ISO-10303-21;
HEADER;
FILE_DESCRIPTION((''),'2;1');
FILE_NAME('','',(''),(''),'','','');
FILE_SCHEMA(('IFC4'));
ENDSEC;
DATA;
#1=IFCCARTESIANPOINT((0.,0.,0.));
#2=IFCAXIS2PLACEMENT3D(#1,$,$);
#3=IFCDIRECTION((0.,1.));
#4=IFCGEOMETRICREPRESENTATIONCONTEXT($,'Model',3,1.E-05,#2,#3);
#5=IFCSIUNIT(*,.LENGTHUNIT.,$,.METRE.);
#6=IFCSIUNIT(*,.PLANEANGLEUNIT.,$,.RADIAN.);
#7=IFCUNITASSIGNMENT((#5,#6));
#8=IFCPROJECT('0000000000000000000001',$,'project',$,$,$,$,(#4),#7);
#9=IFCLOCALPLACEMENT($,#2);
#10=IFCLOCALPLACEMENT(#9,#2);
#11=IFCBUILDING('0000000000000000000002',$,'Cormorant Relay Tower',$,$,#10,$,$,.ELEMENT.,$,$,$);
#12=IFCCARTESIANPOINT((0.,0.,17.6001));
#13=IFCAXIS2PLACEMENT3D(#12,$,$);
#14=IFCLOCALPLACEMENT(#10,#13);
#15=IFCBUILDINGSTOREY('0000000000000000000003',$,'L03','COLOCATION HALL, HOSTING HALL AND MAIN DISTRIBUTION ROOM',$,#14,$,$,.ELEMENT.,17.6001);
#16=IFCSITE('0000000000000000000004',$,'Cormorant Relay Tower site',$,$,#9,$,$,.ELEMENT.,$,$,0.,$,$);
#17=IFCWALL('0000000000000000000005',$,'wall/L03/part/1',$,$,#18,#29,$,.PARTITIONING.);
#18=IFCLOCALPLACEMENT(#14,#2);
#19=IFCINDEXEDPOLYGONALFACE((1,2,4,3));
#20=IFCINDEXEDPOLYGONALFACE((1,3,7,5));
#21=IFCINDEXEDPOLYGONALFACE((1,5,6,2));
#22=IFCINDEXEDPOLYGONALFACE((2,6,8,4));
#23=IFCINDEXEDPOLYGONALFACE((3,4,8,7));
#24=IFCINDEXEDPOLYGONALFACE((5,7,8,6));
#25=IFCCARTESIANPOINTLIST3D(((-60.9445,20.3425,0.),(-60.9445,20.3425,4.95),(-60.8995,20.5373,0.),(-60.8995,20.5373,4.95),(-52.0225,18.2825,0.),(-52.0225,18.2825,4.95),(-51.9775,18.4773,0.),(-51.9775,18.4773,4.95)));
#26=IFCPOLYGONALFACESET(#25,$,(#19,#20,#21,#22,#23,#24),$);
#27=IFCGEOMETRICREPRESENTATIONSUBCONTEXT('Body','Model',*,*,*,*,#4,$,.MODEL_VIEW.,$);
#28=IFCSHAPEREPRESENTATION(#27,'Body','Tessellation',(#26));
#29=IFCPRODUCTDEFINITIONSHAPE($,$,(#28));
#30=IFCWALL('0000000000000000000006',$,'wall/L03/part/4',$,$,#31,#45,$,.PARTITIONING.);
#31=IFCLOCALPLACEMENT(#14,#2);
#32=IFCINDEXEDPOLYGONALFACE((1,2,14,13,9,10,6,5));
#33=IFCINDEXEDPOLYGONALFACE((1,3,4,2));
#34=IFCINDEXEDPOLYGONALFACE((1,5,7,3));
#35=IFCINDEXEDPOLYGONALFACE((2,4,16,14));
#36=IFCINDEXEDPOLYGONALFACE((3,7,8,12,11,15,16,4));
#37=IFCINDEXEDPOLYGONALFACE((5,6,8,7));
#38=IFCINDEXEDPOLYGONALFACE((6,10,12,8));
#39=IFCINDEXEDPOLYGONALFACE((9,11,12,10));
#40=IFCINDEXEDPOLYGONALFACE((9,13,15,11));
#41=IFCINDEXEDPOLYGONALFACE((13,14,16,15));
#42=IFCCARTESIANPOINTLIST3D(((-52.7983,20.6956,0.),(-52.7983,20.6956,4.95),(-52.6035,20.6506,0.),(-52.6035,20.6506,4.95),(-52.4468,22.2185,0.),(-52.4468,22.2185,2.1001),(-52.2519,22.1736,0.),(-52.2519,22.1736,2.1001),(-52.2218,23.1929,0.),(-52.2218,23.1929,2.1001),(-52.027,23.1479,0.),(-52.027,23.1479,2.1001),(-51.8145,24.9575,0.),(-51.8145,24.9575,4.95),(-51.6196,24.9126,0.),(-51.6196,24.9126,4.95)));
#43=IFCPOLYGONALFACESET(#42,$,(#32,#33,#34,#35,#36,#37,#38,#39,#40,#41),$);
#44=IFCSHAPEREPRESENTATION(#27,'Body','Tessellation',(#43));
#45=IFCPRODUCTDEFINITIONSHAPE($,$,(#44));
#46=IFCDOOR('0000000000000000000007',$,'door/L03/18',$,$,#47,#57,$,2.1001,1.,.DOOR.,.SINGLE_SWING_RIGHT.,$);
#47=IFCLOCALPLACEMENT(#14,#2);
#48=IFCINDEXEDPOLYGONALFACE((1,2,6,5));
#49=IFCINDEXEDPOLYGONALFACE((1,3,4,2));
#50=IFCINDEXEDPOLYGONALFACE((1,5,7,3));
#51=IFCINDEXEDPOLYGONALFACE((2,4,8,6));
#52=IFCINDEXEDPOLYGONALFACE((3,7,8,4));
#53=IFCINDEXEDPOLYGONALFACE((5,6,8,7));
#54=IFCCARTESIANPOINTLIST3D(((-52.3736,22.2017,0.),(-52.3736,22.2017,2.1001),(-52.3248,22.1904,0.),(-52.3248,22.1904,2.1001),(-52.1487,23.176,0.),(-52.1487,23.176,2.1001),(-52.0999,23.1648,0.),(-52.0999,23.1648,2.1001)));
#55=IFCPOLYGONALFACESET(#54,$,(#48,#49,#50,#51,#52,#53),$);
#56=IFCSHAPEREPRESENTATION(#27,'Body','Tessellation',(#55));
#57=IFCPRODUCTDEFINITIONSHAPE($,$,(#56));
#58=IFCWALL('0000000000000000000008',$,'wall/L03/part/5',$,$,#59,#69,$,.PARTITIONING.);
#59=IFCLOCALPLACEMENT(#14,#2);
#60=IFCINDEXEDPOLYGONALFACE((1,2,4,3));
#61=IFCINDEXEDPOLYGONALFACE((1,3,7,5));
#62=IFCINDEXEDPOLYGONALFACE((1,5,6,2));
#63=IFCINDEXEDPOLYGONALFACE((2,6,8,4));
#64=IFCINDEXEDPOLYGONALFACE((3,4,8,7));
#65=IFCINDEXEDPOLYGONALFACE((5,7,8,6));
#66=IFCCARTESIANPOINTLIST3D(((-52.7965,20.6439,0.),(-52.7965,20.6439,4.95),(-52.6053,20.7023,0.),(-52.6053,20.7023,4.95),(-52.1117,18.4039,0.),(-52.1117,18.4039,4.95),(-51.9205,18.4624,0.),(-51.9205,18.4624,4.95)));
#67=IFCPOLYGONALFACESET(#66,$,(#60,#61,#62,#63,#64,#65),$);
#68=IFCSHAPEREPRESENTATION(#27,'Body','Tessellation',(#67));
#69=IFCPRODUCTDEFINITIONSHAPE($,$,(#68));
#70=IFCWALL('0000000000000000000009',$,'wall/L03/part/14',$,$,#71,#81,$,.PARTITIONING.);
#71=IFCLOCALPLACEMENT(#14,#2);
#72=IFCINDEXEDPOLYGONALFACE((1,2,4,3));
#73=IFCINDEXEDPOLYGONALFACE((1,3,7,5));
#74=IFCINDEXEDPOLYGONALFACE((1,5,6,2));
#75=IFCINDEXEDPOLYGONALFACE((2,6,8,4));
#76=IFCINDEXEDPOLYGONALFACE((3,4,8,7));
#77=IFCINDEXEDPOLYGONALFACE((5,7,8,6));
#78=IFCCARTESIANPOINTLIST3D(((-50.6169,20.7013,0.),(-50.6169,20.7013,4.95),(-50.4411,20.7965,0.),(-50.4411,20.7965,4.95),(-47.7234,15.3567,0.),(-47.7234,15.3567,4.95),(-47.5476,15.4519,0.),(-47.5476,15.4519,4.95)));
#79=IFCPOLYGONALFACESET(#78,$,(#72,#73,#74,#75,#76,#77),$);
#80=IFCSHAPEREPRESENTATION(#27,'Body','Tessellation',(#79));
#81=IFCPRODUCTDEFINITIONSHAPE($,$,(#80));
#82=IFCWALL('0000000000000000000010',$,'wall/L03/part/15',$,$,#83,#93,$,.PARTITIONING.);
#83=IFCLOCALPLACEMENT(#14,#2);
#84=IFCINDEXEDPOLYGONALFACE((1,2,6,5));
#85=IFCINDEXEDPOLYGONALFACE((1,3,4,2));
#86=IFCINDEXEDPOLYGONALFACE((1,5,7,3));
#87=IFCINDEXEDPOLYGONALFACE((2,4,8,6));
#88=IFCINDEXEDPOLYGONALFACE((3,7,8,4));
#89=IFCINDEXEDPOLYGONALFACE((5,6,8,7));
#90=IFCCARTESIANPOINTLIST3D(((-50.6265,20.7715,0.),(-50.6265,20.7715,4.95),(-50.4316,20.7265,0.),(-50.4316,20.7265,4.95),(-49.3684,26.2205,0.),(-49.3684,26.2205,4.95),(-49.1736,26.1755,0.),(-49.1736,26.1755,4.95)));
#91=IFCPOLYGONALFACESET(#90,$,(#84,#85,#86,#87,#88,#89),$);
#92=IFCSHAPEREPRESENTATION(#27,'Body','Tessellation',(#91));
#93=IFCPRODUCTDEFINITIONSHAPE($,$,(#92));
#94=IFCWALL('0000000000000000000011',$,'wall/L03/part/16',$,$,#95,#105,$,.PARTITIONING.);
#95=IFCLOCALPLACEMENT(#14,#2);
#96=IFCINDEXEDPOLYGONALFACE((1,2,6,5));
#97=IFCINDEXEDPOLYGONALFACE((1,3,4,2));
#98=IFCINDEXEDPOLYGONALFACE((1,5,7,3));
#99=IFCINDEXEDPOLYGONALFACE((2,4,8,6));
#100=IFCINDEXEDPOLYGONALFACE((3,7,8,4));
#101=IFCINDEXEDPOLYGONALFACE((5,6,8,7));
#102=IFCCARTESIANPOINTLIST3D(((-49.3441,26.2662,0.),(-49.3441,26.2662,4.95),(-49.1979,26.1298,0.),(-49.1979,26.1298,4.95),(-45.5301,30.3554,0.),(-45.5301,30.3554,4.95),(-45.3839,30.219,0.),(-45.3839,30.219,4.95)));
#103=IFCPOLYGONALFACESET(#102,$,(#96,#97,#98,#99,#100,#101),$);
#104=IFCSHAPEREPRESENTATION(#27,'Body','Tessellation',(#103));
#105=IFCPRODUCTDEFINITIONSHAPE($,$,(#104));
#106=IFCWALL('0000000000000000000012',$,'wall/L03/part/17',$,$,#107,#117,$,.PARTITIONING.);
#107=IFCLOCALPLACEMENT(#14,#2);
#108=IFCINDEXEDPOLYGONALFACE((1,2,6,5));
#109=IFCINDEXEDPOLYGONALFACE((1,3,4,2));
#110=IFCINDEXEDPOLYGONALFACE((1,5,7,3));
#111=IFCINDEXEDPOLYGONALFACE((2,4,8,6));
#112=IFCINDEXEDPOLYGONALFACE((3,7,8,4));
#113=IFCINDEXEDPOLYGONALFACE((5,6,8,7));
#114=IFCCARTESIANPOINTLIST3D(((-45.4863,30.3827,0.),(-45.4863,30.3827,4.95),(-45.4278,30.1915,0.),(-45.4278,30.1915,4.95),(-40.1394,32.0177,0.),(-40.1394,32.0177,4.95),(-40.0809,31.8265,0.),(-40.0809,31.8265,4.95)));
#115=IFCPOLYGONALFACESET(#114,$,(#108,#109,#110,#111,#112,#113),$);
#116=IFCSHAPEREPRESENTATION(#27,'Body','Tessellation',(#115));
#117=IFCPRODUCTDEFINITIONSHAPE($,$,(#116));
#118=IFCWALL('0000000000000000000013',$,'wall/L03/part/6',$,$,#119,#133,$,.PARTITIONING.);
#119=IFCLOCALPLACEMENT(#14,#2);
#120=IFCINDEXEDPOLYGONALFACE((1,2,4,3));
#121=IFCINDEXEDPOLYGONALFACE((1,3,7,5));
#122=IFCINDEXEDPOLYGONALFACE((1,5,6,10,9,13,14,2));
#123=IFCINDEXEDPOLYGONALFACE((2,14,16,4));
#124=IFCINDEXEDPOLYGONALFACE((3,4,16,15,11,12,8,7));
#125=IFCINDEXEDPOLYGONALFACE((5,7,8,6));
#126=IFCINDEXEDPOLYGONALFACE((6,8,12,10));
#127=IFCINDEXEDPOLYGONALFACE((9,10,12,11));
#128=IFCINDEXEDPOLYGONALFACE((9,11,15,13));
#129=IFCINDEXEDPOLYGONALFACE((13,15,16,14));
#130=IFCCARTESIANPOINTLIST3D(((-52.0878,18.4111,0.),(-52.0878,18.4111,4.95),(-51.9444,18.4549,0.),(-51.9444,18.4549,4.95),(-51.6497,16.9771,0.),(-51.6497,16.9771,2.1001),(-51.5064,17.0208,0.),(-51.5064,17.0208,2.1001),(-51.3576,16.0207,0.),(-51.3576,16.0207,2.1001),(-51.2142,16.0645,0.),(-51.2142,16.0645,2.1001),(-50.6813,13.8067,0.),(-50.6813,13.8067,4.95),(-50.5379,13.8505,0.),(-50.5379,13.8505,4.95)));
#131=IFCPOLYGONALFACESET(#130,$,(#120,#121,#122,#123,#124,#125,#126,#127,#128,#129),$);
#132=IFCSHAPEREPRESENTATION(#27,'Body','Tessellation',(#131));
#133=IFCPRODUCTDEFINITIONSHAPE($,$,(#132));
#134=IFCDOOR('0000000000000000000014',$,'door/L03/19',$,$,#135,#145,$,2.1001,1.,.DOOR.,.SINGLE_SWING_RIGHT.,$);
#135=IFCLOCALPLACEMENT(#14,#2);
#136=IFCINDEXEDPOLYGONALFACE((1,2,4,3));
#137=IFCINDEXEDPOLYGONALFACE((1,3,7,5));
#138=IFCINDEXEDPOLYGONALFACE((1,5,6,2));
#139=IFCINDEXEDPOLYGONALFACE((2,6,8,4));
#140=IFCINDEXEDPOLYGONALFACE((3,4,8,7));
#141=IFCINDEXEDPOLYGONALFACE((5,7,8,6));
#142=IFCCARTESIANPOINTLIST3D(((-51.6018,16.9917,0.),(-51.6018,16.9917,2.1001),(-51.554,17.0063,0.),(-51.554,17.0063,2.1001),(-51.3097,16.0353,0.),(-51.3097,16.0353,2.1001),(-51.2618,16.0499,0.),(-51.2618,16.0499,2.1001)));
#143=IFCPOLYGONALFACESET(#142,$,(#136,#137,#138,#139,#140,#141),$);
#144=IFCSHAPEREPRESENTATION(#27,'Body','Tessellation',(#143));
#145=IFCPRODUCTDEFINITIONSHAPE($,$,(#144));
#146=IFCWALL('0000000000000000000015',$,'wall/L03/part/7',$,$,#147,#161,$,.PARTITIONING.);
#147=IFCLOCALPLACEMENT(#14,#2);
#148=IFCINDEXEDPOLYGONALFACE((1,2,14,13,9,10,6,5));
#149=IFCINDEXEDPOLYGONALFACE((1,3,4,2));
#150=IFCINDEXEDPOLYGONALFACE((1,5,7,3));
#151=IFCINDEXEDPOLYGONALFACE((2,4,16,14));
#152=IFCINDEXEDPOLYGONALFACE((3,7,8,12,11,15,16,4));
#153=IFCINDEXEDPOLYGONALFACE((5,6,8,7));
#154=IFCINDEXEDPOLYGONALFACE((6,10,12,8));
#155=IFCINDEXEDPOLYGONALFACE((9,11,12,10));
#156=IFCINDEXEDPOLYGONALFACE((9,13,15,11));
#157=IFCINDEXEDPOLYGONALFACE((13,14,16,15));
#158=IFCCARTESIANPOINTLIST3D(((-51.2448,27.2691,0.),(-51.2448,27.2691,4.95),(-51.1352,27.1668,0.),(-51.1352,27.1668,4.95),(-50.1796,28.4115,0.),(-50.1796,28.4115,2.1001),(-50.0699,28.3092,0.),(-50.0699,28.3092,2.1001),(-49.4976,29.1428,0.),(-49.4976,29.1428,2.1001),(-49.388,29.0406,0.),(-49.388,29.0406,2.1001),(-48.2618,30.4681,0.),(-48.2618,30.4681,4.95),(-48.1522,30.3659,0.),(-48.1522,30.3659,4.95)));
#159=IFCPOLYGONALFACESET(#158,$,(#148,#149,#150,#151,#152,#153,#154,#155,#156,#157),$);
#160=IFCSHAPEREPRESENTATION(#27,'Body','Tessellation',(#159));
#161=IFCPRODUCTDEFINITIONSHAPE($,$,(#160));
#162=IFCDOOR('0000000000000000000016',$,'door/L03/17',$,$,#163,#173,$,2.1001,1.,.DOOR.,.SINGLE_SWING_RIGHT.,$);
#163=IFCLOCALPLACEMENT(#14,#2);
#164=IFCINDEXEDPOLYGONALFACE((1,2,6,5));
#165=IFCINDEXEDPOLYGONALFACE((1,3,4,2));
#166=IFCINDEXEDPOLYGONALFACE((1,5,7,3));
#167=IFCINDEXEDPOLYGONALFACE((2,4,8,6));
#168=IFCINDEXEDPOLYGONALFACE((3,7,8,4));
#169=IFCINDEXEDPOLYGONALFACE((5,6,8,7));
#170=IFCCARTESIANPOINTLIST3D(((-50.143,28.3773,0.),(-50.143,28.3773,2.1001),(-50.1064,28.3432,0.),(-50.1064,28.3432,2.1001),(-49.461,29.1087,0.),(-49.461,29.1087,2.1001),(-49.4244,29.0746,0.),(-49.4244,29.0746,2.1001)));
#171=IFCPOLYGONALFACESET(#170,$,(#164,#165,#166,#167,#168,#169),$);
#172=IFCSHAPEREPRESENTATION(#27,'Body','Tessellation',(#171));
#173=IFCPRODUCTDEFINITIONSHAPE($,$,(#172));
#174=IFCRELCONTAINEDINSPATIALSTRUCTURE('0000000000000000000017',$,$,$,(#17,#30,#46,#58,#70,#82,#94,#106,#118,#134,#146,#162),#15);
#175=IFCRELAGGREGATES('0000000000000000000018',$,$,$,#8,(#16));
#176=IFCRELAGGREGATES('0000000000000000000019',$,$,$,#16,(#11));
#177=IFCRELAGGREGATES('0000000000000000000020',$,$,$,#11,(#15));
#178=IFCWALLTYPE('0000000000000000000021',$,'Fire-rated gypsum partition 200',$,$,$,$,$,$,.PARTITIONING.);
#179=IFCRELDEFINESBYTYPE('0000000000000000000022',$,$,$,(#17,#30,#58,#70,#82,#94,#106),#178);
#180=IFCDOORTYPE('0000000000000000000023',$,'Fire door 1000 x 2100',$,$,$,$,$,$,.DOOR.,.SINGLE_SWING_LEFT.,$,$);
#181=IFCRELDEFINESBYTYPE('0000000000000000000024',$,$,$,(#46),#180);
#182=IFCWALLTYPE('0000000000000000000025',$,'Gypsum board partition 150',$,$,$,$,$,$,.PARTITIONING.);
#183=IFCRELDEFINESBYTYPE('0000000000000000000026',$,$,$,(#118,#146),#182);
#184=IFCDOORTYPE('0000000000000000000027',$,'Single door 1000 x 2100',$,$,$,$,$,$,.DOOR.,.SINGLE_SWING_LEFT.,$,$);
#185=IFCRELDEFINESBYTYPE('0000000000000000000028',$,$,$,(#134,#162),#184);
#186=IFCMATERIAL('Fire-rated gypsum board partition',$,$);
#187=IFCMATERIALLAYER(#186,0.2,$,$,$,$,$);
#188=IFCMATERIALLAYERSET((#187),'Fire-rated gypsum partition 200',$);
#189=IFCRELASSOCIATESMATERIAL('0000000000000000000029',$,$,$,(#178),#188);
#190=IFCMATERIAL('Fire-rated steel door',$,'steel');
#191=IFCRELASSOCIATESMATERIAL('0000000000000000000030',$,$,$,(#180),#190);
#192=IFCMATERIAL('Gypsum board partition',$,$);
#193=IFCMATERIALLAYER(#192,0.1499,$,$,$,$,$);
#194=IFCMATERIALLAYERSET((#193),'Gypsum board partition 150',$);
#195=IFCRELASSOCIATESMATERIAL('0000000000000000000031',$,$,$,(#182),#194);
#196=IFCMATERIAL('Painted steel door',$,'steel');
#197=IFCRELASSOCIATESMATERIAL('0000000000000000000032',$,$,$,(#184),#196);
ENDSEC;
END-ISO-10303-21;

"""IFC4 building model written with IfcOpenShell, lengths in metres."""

from ifc_helpers import new_model, si_unit, direction, frame, frame_2d, origin, place, context, subcontext, project, spatial, rectangle, extrude, material, layer, layer_set, type_object, element, fill, save


model = new_model("IFC4")

# Units and contexts
model_context = context("Model", 3, precision=1e-05, world=origin(), true_north=direction((0.0, 1.0)))
body_context = subcontext(model_context, "Body", "Model", "MODEL_VIEW")
ifc_project = project(units=[si_unit("LENGTHUNIT", "METRE"), si_unit("PLANEANGLEUNIT", "RADIAN")], contexts=[model_context])

# Site, building, storey
site_placement = place(None, origin())
site = spatial("IfcSite", under=ifc_project, at=site_placement, Name="Cormorant Relay Tower site", CompositionType="ELEMENT", RefElevation=0.0)
building_placement = place(site_placement, origin())
building = spatial("IfcBuilding", under=site, at=building_placement, Name="Cormorant Relay Tower", CompositionType="ELEMENT")
storey_placement = place(building_placement, frame((0.0, 0.0, 17.6001)))
storey = spatial("IfcBuildingStorey", under=building, at=storey_placement, Name="L03", Description="COLOCATION HALL, HOSTING HALL AND MAIN DISTRIBUTION ROOM", CompositionType="ELEMENT", Elevation=17.6001)

# Wall
ifc_material_1 = material(Name="Fire-rated gypsum board partition")
ifc_layer_1 = layer(ifc_material_1, 0.2)
ifc_layer_set_1 = layer_set([ifc_layer_1], Name="Fire-rated gypsum partition 200")
wall_type_1 = type_object("IfcWallType", Name="Fire-rated gypsum partition 200", PredefinedType="PARTITIONING", material=ifc_layer_set_1)
wall_1_placement = place(storey_placement, frame((-52.0, 18.3799, 0.0), z_axis=(0.0, 0.0, 1.0), x_axis=(-0.974365, 0.224974, 0.0)))
element("IfcWall", 1, at=wall_1_placement, inside=storey, type_object=wall_type_1, Name="wall/L03/part/1", PredefinedType="PARTITIONING", context=body_context, shape_type="SweptSolid", body=[
    extrude(rectangle(XDim=9.1567, YDim=0.2, at=frame_2d((4.5784, 0.0))), origin(), (0.0, 0.0, 1.0), 4.95),
])

# Wall, opening, door
wall_2_placement = place(storey_placement, frame((-51.717, 24.9351, 0.0), z_axis=(0.0, 0.0, 1.0), x_axis=(-0.224937, -0.974373, 0.0)))
wall_2 = element("IfcWall", 2, at=wall_2_placement, inside=storey, type_object=wall_type_1, Name="wall/L03/part/4", PredefinedType="PARTITIONING", context=body_context, shape_type="SweptSolid", body=[
    extrude(rectangle(XDim=4.374, YDim=0.2, at=frame_2d((2.187, 0.0))), origin(), (0.0, 0.0, 1.0), 4.95),
])
opening_1_placement = place(wall_2_placement, frame((1.811, 0.0, 0.0)))
opening_1 = element("IfcOpeningElement", 3, at=opening_1_placement, cuts=wall_2, PredefinedType="OPENING", context=body_context, shape_type="SweptSolid", body=[
    extrude(rectangle(XDim=1.0, YDim=2.1001, at=frame_2d((0.5, 1.05))), frame((0.0, 0.1099, 0.0), z_axis=(0.0, -1.0, 0.0), x_axis=(1.0, 0.0, 0.0)), (0.0, 0.0, 1.0), 0.22),
])
ifc_material_2 = material(Name="Fire-rated steel door", Category="steel")
door_type_1 = type_object("IfcDoorType", Name="Fire door 1000 x 2100", OperationType="SINGLE_SWING_LEFT", PredefinedType="DOOR", material=ifc_material_2)
door_1_placement = place(opening_1_placement, frame((1.0, 0.0, 0.0), z_axis=(0.0, 0.0, 1.0), x_axis=(-1.0, 0.0, 0.0)))
door_1 = element("IfcDoor", 4, at=door_1_placement, inside=storey, type_object=door_type_1, Name="door/L03/18", OperationType="SINGLE_SWING_RIGHT", OverallHeight=2.1001, OverallWidth=1.0, PredefinedType="DOOR", context=body_context, shape_type="SweptSolid", body=[
    extrude(rectangle(XDim=1.0, YDim=2.1001, at=frame_2d((0.5, 1.05))), frame((0.0, 0.0249, 0.0), z_axis=(0.0, -1.0, 0.0), x_axis=(1.0, 0.0, 0.0)), (0.0, 0.0, 1.0), 0.05),
])
fill(opening_1, door_1)

# Walls
wall_3_placement = place(storey_placement, frame((-52.7009, 20.6731, 0.0), z_axis=(0.0, 0.0, 1.0), x_axis=(0.292364, -0.956307, 0.0)))
element("IfcWall", 5, at=wall_3_placement, inside=storey, type_object=wall_type_1, Name="wall/L03/part/5", PredefinedType="PARTITIONING", context=body_context, shape_type="SweptSolid", body=[
    extrude(rectangle(XDim=2.3423, YDim=0.2, at=frame_2d((1.1711, 0.0))), origin(), (0.0, 0.0, 1.0), 4.95),
])
wall_4_placement = place(storey_placement, frame((-47.6355, 15.4043, 0.0), z_axis=(0.0, 0.0, 1.0), x_axis=(-0.476092, 0.879396, 0.0)))
element("IfcWall", 6, at=wall_4_placement, inside=storey, type_object=wall_type_1, Name="wall/L03/part/14", PredefinedType="PARTITIONING", context=body_context, shape_type="SweptSolid", body=[
    extrude(rectangle(XDim=6.0776, YDim=0.2, at=frame_2d((3.0388, 0.0))), origin(), (0.0, 0.0, 1.0), 4.95),
])
wall_5_placement = place(storey_placement, frame((-50.5291, 20.749, 0.0), z_axis=(0.0, 0.0, 1.0), x_axis=(0.224962, 0.974368, 0.0)))
element("IfcWall", 7, at=wall_5_placement, inside=storey, type_object=wall_type_1, Name="wall/L03/part/15", PredefinedType="PARTITIONING", context=body_context, shape_type="SweptSolid", body=[
    extrude(rectangle(XDim=5.5923, YDim=0.2, at=frame_2d((2.7961, 0.0))), origin(), (0.0, 0.0, 1.0), 4.95),
])
wall_6_placement = place(storey_placement, frame((-49.271, 26.198, 0.0), z_axis=(0.0, 0.0, 1.0), x_axis=(0.682076, 0.731282, 0.0)))
element("IfcWall", 8, at=wall_6_placement, inside=storey, type_object=wall_type_1, Name="wall/L03/part/16", PredefinedType="PARTITIONING", context=body_context, shape_type="SweptSolid", body=[
    extrude(rectangle(XDim=5.5918, YDim=0.2, at=frame_2d((2.7959, 0.0))), origin(), (0.0, 0.0, 1.0), 4.95),
])
wall_7_placement = place(storey_placement, frame((-45.457, 30.2871, 0.0), z_axis=(0.0, 0.0, 1.0), x_axis=(0.95629, 0.292419, 0.0)))
element("IfcWall", 9, at=wall_7_placement, inside=storey, type_object=wall_type_1, Name="wall/L03/part/17", PredefinedType="PARTITIONING", context=body_context, shape_type="SweptSolid", body=[
    extrude(rectangle(XDim=5.5913, YDim=0.2, at=frame_2d((2.7957, 0.0))), origin(), (0.0, 0.0, 1.0), 4.95),
])

# Walls, openings, doors
ifc_material_3 = material(Name="Gypsum board partition")
ifc_layer_2 = layer(ifc_material_3, 0.1499)
ifc_layer_set_2 = layer_set([ifc_layer_2], Name="Gypsum board partition 150")
wall_type_2 = type_object("IfcWallType", Name="Gypsum board partition 150", PredefinedType="PARTITIONING", material=ifc_layer_set_2)
wall_8_placement = place(storey_placement, frame((-50.6096, 13.8286, 0.0), z_axis=(0.0, 0.0, 1.0), x_axis=(-0.292136, 0.956377, 0.0)))
wall_8 = element("IfcWall", 10, at=wall_8_placement, inside=storey, type_object=wall_type_2, Name="wall/L03/part/6", PredefinedType="PARTITIONING", context=body_context, shape_type="SweptSolid", body=[
    extrude(rectangle(XDim=4.8145, YDim=0.1499, at=frame_2d((2.4072, 0.0))), origin(), (0.0, 0.0, 1.0), 4.95),
])
opening_2_placement = place(wall_8_placement, frame((2.3149, 0.0, 0.0)))
opening_2 = element("IfcOpeningElement", 11, at=opening_2_placement, cuts=wall_8, PredefinedType="OPENING", context=body_context, shape_type="SweptSolid", body=[
    extrude(rectangle(XDim=1.0, YDim=2.1001, at=frame_2d((0.5, 1.05))), frame((0.0, 0.085, 0.0), z_axis=(0.0, -1.0, 0.0), x_axis=(1.0, 0.0, 0.0)), (0.0, 0.0, 1.0), 0.1699),
])
ifc_material_4 = material(Name="Painted steel door", Category="steel")
door_type_2 = type_object("IfcDoorType", Name="Single door 1000 x 2100", OperationType="SINGLE_SWING_LEFT", PredefinedType="DOOR", material=ifc_material_4)
door_2_placement = place(opening_2_placement, origin())
door_2 = element("IfcDoor", 12, at=door_2_placement, inside=storey, type_object=door_type_2, Name="door/L03/19", OperationType="SINGLE_SWING_RIGHT", OverallHeight=2.1001, OverallWidth=1.0, PredefinedType="DOOR", context=body_context, shape_type="SweptSolid", body=[
    extrude(rectangle(XDim=1.0, YDim=2.1001, at=frame_2d((0.5, 1.05))), frame((0.0, 0.0249, 0.0), z_axis=(0.0, -1.0, 0.0), x_axis=(1.0, 0.0, 0.0)), (0.0, 0.0, 1.0), 0.05),
])
fill(opening_2, door_2)
wall_9_placement = place(storey_placement, frame((-48.207, 30.417, 0.0), z_axis=(0.0, 0.0, 1.0), x_axis=(-0.681976, -0.731374, 0.0)))
wall_9 = element("IfcWall", 13, at=wall_9_placement, inside=storey, type_object=wall_type_2, Name="wall/L03/part/7", PredefinedType="PARTITIONING", context=body_context, shape_type="SweptSolid", body=[
    extrude(rectangle(XDim=4.374, YDim=0.1499, at=frame_2d((2.187, 0.0))), origin(), (0.0, 0.0, 1.0), 4.95),
])
opening_3_placement = place(wall_9_placement, frame((1.812, 0.0, 0.0)))
opening_3 = element("IfcOpeningElement", 14, at=opening_3_placement, cuts=wall_9, PredefinedType="OPENING", context=body_context, shape_type="SweptSolid", body=[
    extrude(rectangle(XDim=1.0, YDim=2.1001, at=frame_2d((0.5, 1.05))), frame((0.0, 0.085, 0.0), z_axis=(0.0, -1.0, 0.0), x_axis=(1.0, 0.0, 0.0)), (0.0, 0.0, 1.0), 0.1699),
])
door_3_placement = place(opening_3_placement, frame((1.0, 0.0, 0.0), z_axis=(0.0, 0.0, 1.0), x_axis=(-1.0, 0.0, 0.0)))
door_3 = element("IfcDoor", 15, at=door_3_placement, inside=storey, type_object=door_type_2, Name="door/L03/17", OperationType="SINGLE_SWING_RIGHT", OverallHeight=2.1001, OverallWidth=1.0, PredefinedType="DOOR", context=body_context, shape_type="SweptSolid", body=[
    extrude(rectangle(XDim=1.0, YDim=2.1001, at=frame_2d((0.5, 1.05))), frame((0.0, 0.0249, 0.0), z_axis=(0.0, -1.0, 0.0), x_axis=(1.0, 0.0, 0.0)), (0.0, 0.0, 1.0), 0.05),
])
fill(opening_3, door_3)

save(model, "model.ifc")
